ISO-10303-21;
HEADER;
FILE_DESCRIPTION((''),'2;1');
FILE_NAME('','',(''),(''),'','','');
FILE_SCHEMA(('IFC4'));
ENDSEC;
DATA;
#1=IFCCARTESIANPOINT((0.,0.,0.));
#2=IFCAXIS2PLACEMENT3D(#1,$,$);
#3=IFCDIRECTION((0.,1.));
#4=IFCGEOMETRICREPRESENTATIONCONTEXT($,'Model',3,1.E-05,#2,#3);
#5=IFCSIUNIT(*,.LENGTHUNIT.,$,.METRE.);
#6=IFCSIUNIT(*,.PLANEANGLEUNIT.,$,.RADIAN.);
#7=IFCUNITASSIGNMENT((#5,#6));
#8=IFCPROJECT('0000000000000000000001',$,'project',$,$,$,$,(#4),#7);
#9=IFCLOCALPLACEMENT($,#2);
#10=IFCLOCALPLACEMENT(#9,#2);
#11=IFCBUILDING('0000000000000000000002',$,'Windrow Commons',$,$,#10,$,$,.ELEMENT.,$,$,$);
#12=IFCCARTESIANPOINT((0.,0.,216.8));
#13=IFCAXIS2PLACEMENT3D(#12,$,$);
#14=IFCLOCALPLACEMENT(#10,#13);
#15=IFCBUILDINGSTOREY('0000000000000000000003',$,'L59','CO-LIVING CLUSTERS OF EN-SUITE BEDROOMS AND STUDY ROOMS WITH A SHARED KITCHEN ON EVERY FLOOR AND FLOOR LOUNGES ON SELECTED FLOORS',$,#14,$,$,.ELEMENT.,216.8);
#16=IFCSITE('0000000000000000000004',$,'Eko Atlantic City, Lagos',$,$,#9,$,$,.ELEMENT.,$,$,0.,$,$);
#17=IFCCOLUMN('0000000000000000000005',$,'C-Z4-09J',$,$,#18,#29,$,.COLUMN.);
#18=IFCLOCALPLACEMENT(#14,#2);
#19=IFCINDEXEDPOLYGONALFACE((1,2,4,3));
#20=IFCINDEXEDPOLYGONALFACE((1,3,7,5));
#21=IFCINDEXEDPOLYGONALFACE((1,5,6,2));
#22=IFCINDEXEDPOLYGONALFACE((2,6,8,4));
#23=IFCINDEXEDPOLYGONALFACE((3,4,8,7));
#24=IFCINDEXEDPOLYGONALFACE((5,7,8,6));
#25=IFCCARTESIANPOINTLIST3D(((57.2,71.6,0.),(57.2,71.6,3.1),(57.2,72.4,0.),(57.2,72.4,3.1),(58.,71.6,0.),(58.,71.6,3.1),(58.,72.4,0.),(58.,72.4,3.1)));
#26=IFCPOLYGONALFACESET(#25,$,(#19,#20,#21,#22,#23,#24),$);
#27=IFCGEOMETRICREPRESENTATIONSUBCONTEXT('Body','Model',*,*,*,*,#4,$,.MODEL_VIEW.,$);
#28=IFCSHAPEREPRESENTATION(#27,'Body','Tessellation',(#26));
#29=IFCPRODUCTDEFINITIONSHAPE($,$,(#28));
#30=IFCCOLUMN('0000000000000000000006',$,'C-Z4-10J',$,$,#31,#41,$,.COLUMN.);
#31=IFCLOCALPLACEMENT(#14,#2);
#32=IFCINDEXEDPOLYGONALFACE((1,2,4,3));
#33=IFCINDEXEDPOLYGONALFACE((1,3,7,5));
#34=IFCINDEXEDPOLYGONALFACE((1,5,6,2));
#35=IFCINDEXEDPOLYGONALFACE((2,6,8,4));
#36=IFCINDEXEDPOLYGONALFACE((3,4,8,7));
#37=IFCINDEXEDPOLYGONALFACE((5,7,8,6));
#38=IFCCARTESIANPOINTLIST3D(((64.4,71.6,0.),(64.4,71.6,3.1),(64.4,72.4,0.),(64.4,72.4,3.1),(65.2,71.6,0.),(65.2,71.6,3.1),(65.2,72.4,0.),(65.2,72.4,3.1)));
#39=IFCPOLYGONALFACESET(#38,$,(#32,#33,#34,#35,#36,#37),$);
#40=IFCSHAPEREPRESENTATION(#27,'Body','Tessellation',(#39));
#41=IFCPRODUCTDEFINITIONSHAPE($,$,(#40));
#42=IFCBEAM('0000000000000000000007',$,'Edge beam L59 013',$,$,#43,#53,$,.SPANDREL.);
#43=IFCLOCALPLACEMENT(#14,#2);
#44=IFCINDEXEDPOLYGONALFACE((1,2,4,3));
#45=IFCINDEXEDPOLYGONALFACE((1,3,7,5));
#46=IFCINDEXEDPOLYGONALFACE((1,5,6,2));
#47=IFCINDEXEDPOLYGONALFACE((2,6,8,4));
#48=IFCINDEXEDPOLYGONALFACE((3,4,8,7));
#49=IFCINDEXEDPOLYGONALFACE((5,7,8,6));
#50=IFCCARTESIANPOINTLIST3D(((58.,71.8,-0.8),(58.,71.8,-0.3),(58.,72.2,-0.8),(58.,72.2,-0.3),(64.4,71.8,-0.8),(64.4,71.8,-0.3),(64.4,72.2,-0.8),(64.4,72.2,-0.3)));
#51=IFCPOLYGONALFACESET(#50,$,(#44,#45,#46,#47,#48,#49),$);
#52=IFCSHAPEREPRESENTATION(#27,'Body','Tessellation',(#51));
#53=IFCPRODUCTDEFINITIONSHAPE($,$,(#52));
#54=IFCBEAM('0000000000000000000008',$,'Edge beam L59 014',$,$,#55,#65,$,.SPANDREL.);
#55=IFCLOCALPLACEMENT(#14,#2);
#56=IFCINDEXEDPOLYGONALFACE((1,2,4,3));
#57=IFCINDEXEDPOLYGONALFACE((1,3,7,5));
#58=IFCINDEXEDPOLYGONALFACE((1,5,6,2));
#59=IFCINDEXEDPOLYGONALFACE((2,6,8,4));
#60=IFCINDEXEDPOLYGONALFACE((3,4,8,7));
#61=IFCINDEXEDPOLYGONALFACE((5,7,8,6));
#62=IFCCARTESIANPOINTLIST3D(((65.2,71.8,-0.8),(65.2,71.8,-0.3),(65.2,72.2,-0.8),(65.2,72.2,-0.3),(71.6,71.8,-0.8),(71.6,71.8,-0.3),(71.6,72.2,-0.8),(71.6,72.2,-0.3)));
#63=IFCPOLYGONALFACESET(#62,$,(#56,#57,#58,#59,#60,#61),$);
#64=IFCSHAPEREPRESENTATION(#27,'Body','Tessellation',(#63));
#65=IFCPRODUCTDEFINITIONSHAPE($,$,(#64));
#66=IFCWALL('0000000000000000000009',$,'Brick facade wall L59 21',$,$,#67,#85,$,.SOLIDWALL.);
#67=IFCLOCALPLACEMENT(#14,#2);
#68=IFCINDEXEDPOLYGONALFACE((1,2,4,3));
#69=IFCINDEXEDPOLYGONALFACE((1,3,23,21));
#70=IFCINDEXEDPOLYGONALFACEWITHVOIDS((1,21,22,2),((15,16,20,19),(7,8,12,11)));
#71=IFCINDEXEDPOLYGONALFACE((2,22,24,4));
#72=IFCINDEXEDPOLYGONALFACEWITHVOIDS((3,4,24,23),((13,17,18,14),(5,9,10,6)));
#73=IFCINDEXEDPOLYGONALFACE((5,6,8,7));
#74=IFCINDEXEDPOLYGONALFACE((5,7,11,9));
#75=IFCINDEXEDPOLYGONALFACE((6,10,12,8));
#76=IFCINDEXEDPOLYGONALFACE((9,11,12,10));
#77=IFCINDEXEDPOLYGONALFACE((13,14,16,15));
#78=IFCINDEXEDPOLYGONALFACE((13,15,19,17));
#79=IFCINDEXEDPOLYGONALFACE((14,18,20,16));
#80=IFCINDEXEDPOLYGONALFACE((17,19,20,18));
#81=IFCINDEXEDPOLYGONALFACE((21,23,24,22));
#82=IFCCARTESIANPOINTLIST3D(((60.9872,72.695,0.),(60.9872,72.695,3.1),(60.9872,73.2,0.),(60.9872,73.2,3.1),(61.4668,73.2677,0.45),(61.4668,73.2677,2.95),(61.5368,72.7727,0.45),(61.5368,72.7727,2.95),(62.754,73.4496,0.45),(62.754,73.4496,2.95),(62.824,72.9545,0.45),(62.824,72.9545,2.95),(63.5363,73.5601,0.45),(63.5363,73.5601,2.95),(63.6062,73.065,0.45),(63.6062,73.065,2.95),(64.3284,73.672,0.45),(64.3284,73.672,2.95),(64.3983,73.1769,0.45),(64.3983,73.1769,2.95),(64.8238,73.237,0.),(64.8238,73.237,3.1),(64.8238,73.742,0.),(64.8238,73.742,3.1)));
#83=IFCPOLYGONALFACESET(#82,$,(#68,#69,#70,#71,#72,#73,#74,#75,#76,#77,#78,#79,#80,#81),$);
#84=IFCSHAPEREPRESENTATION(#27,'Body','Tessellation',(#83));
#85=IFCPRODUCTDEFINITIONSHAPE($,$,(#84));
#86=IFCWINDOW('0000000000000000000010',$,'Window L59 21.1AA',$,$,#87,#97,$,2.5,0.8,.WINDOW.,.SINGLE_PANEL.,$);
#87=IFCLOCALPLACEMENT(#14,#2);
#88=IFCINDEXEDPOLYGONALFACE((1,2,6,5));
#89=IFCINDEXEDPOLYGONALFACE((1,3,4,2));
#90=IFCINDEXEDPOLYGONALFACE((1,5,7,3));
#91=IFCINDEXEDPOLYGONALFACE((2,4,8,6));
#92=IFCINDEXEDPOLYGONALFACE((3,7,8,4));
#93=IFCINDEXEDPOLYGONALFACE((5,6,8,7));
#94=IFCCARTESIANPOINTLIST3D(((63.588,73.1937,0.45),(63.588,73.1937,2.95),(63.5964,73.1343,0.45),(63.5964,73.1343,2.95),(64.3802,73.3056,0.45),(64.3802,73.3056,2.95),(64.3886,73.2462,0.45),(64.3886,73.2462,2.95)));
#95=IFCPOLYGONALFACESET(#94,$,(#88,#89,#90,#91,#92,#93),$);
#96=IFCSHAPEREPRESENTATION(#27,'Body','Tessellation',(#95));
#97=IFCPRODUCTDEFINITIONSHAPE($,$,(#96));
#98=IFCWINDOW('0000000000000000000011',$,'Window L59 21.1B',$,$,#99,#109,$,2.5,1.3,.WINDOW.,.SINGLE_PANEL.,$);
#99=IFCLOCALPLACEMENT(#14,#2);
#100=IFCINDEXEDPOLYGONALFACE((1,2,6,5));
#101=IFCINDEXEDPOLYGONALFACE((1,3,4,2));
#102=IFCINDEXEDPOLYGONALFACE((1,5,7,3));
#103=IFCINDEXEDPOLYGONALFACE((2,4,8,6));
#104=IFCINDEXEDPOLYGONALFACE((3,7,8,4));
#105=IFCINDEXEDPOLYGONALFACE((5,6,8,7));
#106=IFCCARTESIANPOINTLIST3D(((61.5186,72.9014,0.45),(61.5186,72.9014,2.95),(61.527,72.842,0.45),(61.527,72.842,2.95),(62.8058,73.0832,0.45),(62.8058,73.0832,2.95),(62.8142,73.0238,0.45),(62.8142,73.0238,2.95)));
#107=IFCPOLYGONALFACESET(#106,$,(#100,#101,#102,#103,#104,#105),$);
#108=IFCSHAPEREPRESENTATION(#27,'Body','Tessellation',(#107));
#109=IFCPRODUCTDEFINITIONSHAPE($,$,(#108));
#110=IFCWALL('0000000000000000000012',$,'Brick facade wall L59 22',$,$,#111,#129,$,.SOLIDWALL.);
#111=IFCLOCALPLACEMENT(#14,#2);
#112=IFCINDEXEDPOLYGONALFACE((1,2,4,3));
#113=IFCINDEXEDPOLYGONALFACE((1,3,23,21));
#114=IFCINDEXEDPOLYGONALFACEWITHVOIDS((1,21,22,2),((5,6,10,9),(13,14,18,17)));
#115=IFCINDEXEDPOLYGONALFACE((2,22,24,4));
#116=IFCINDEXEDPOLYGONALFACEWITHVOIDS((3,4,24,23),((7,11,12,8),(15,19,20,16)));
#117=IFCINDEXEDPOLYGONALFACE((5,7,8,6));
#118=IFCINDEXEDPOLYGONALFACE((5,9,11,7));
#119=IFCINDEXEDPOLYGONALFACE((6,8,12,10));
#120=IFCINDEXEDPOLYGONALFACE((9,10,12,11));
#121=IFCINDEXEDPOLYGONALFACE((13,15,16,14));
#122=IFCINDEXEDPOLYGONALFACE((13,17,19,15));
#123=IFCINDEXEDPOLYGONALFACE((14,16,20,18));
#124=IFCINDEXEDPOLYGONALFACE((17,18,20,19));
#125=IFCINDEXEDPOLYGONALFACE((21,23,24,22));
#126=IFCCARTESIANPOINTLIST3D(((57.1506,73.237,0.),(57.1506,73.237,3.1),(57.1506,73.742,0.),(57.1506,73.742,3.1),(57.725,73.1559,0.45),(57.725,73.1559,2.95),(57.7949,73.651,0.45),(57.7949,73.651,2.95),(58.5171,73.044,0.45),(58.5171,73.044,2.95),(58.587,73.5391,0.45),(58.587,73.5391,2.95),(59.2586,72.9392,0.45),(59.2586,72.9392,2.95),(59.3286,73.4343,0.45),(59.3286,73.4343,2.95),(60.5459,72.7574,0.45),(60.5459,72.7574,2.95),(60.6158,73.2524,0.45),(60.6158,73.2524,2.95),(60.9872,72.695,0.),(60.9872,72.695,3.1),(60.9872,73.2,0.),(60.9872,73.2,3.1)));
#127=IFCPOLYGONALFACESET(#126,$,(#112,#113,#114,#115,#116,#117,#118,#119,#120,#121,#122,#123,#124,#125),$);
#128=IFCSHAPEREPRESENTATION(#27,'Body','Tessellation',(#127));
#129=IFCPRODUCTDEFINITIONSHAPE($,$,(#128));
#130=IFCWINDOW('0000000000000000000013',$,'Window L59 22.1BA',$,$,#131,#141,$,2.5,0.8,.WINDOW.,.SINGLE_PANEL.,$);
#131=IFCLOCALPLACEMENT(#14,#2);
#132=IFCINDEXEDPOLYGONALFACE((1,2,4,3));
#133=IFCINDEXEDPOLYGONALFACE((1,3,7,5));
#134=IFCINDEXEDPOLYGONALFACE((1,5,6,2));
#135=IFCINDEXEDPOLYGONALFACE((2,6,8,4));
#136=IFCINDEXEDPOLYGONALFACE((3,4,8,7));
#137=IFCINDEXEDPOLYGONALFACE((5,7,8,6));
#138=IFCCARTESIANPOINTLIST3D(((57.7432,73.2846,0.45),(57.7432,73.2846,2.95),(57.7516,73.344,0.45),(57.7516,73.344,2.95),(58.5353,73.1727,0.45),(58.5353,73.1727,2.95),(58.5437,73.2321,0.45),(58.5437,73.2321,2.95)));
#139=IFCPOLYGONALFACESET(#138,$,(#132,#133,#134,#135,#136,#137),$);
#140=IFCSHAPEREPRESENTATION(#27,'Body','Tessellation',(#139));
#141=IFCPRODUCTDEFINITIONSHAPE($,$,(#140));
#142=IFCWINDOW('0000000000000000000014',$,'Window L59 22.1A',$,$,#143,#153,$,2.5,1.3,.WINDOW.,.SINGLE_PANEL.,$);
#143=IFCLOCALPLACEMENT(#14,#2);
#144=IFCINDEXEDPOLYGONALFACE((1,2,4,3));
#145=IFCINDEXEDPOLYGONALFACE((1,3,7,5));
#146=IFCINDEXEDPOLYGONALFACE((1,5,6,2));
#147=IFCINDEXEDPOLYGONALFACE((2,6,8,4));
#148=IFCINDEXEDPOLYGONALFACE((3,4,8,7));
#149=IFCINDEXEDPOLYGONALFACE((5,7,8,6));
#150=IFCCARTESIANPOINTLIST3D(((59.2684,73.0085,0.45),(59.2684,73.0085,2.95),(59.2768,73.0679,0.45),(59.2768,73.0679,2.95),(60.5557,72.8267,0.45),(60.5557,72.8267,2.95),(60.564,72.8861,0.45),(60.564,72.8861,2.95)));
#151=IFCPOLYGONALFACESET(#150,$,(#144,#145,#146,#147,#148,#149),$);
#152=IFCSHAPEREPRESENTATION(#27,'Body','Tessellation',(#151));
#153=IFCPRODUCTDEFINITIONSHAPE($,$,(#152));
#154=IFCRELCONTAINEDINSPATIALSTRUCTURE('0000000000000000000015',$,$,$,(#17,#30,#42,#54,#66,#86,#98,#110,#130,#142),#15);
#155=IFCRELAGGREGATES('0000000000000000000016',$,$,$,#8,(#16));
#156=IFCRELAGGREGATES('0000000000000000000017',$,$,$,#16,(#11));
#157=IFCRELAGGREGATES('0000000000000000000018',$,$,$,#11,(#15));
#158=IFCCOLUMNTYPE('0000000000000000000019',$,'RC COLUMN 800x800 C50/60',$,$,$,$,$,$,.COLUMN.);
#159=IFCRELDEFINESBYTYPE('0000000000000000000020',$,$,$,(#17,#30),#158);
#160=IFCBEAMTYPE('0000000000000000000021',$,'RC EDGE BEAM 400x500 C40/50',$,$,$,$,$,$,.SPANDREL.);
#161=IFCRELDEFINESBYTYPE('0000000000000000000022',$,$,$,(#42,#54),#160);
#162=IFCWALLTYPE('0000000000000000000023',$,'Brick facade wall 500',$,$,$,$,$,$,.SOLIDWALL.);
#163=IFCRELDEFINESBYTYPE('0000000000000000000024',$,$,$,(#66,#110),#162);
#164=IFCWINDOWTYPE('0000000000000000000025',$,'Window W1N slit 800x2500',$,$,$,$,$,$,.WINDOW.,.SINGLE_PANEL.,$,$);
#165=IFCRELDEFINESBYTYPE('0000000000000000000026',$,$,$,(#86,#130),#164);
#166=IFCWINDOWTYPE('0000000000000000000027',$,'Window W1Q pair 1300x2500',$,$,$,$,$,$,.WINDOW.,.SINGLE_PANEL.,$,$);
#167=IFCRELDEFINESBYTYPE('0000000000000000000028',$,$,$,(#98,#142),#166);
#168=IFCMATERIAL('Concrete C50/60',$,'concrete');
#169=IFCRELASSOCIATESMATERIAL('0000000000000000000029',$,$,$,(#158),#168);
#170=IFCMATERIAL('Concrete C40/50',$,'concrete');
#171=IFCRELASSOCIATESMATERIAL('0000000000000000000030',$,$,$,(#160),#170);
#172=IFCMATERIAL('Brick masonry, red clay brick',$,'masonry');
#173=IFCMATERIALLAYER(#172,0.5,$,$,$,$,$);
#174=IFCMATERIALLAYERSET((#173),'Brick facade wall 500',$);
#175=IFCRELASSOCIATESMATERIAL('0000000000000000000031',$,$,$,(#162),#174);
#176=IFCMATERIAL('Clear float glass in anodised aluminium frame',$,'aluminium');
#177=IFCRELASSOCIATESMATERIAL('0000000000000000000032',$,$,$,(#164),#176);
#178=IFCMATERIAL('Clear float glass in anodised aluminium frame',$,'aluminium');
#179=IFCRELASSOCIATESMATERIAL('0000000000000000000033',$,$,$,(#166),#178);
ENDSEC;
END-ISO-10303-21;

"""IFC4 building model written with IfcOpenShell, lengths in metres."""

from ifc_helpers import new_model, si_unit, direction, frame, frame_2d, origin, origin_2d, place, context, subcontext, project, spatial, polyline, rectangle, outline, extrude, material, layer, layer_set, material_profile, profile_set, type_object, element, fill, save


model = new_model("IFC4")

# Units and contexts
model_context = context("Model", 3, precision=1e-05, world=origin(), true_north=direction((0.0, 1.0)))
body_context = subcontext(model_context, "Body", "Model", "MODEL_VIEW")
ifc_project = project(units=[si_unit("LENGTHUNIT", "METRE"), si_unit("PLANEANGLEUNIT", "RADIAN")], contexts=[model_context])

# Site, building, storey
site_placement = place(None, origin())
site = spatial("IfcSite", under=ifc_project, at=site_placement, Name="Eko Atlantic City, Lagos", CompositionType="ELEMENT", RefElevation=0.0)
building_placement = place(site_placement, origin())
building = spatial("IfcBuilding", under=site, at=building_placement, Name="Windrow Commons", CompositionType="ELEMENT")
storey_placement = place(building_placement, frame((0.0, 0.0, 216.8)))
storey = spatial("IfcBuildingStorey", under=building, at=storey_placement, Name="L59", Description="CO-LIVING CLUSTERS OF EN-SUITE BEDROOMS AND STUDY ROOMS WITH A SHARED KITCHEN ON EVERY FLOOR AND FLOOR LOUNGES ON SELECTED FLOORS", CompositionType="ELEMENT", Elevation=216.8)

# Columns
ifc_material_1 = material(Name="Concrete C50/60", Category="concrete")
ifc_material_profile_1 = material_profile(ifc_material_1, rectangle(XDim=0.8, YDim=0.8, at=origin_2d()))
ifc_profile_set_1 = profile_set([ifc_material_profile_1], Name="Concrete C50/60")
column_type = type_object("IfcColumnType", Name="RC COLUMN 800x800 C50/60", PredefinedType="COLUMN", material=ifc_profile_set_1)
for number, where, z_axis, x_axis, name in (
    (1, (57.6, 72.0, 0.0), (0.0, 0.0, 1.0), (1.0, 0.0, 0.0), "C-Z4-09J"),
    (2, (64.8, 72.0, 0.0), (0.0, 0.0, 1.0), (1.0, 0.0, 0.0), "C-Z4-10J"),
):
    element("IfcColumn", number, at=place(storey_placement, frame(where, z_axis=z_axis, x_axis=x_axis)), inside=storey, type_object=column_type, Name=name, PredefinedType="COLUMN", context=body_context, shape_type="SweptSolid", body=[
        extrude(rectangle(XDim=0.8, YDim=0.8, at=origin_2d()), origin(), (0.0, 0.0, 1.0), 3.1),
    ])

# Beams
ifc_material_2 = material(Name="Concrete C40/50", Category="concrete")
ifc_material_profile_2 = material_profile(ifc_material_2, rectangle(XDim=0.4, YDim=0.5, at=origin_2d()))
ifc_profile_set_2 = profile_set([ifc_material_profile_2], Name="Concrete C40/50")
beam_type = type_object("IfcBeamType", Name="RC EDGE BEAM 400x500 C40/50", PredefinedType="SPANDREL", material=ifc_profile_set_2)
for number, where, z_axis, x_axis, name in (
    (3, (58.0, 72.0, -0.55), (1.0, 0.0, 0.0), (0.0, 1.0, 0.0), "Edge beam L59 013"),
    (4, (65.2, 72.0, -0.55), (1.0, 0.0, 0.0), (0.0, 1.0, 0.0), "Edge beam L59 014"),
):
    element("IfcBeam", number, at=place(storey_placement, frame(where, z_axis=z_axis, x_axis=x_axis)), inside=storey, type_object=beam_type, Name=name, PredefinedType="SPANDREL", context=body_context, shape_type="SweptSolid", body=[
        extrude(rectangle(XDim=0.4, YDim=0.5, at=origin_2d()), origin(), (0.0, 0.0, 1.0), 6.4),
    ])

# Walls, openings, windows
ifc_material_3 = material(Name="Brick masonry, red clay brick", Category="masonry")
ifc_layer_1 = layer(ifc_material_3, 0.5)
ifc_layer_set_1 = layer_set([ifc_layer_1], Name="Brick facade wall 500")
wall_type_1 = type_object("IfcWallType", Name="Brick facade wall 500", PredefinedType="SOLIDWALL", material=ifc_layer_set_1)
wall_1_placement = place(storey_placement, frame((64.8238, 73.4895, 0.0), z_axis=(0.0, 0.0, 1.0), x_axis=(-0.990168, -0.139882, 0.0)))
wall_1 = element("IfcWall", 5, at=wall_1_placement, inside=storey, type_object=wall_type_1, Name="Brick facade wall L59 21", PredefinedType="SOLIDWALL", context=body_context, shape_type="SweptSolid", body=[
    extrude(outline(polyline([(-0.0353, -0.25), (3.8394, -0.25), (3.91, 0.25), (0.0353, 0.25), (-0.0353, -0.25)])), origin(), (0.0, 0.0, 1.0), 3.1),
])
opening_1_placement = place(wall_1_placement, frame((2.055, 0.0, 0.45)))
opening_1 = element("IfcOpeningElement", 6, at=opening_1_placement, cuts=wall_1, PredefinedType="OPENING", context=body_context, shape_type="SweptSolid", body=[
    extrude(rectangle(XDim=1.3, YDim=2.5, at=frame_2d((0.65, 1.25))), frame((0.0, 0.26, 0.0), z_axis=(0.0, -1.0, 0.0), x_axis=(1.0, 0.0, 0.0)), (0.0, 0.0, 1.0), 0.52),
])
opening_2_placement = place(wall_1_placement, frame((0.465, 0.0, 0.45)))
opening_2 = element("IfcOpeningElement", 7, at=opening_2_placement, cuts=wall_1, PredefinedType="OPENING", context=body_context, shape_type="SweptSolid", body=[
    extrude(rectangle(XDim=0.8, YDim=2.5, at=frame_2d((0.4, 1.25))), frame((0.0, 0.26, 0.0), z_axis=(0.0, -1.0, 0.0), x_axis=(1.0, 0.0, 0.0)), (0.0, 0.0, 1.0), 0.52),
])
ifc_material_4 = material(Name="Clear float glass in anodised aluminium frame", Category="aluminium")
window_type_1 = type_object("IfcWindowType", Name="Window W1N slit 800x2500", PartitioningType="SINGLE_PANEL", PredefinedType="WINDOW", material=ifc_material_4)
window_1_placement = place(opening_2_placement, origin())
window_1 = element("IfcWindow", 8, at=window_1_placement, inside=storey, type_object=window_type_1, Name="Window L59 21.1AA", OverallHeight=2.5, OverallWidth=0.8, PartitioningType="SINGLE_PANEL", PredefinedType="WINDOW", context=body_context, shape_type="SweptSolid", body=[
    extrude(rectangle(XDim=0.8, YDim=2.5, at=frame_2d((0.4, 1.25))), frame((0.0, 0.18, 0.0), z_axis=(0.0, -1.0, 0.0), x_axis=(1.0, 0.0, 0.0)), (0.0, 0.0, 1.0), 0.06),
])
fill(opening_2, window_1)
ifc_material_5 = material(Name="Clear float glass in anodised aluminium frame", Category="aluminium")
window_type_2 = type_object("IfcWindowType", Name="Window W1Q pair 1300x2500", PartitioningType="SINGLE_PANEL", PredefinedType="WINDOW", material=ifc_material_5)
window_2_placement = place(opening_1_placement, origin())
window_2 = element("IfcWindow", 9, at=window_2_placement, inside=storey, type_object=window_type_2, Name="Window L59 21.1B", OverallHeight=2.5, OverallWidth=1.3, PartitioningType="SINGLE_PANEL", PredefinedType="WINDOW", context=body_context, shape_type="SweptSolid", body=[
    extrude(rectangle(XDim=1.3, YDim=2.5, at=frame_2d((0.65, 1.25))), frame((0.0, 0.18, 0.0), z_axis=(0.0, -1.0, 0.0), x_axis=(1.0, 0.0, 0.0)), (0.0, 0.0, 1.0), 0.06),
])
fill(opening_1, window_2)
wall_2_placement = place(storey_placement, frame((60.9872, 72.9475, 0.0), z_axis=(0.0, 0.0, 1.0), x_axis=(-0.990168, 0.139882, 0.0)))
wall_2 = element("IfcWall", 10, at=wall_2_placement, inside=storey, type_object=wall_type_1, Name="Brick facade wall L59 22", PredefinedType="SOLIDWALL", context=body_context, shape_type="SweptSolid", body=[
    extrude(outline(polyline([(0.0353, -0.25), (3.91, -0.25), (3.8394, 0.25), (-0.0353, 0.25), (0.0353, -0.25)])), origin(), (0.0, 0.0, 1.0), 3.1),
])
opening_3_placement = place(wall_2_placement, frame((0.4104, 0.0, 0.45)))
opening_3 = element("IfcOpeningElement", 11, at=opening_3_placement, cuts=wall_2, PredefinedType="OPENING", context=body_context, shape_type="SweptSolid", body=[
    extrude(rectangle(XDim=1.3, YDim=2.5, at=frame_2d((0.65, 1.25))), frame((0.0, 0.26, 0.0), z_axis=(0.0, -1.0, 0.0), x_axis=(1.0, 0.0, 0.0)), (0.0, 0.0, 1.0), 0.52),
])
opening_4_placement = place(wall_2_placement, frame((2.4593, 0.0, 0.45)))
opening_4 = element("IfcOpeningElement", 12, at=opening_4_placement, cuts=wall_2, PredefinedType="OPENING", context=body_context, shape_type="SweptSolid", body=[
    extrude(rectangle(XDim=0.8, YDim=2.5, at=frame_2d((0.4, 1.25))), frame((0.0, 0.26, 0.0), z_axis=(0.0, -1.0, 0.0), x_axis=(1.0, 0.0, 0.0)), (0.0, 0.0, 1.0), 0.52),
])
window_3_placement = place(opening_4_placement, origin())
window_3 = element("IfcWindow", 13, at=window_3_placement, inside=storey, type_object=window_type_1, Name="Window L59 22.1BA", OverallHeight=2.5, OverallWidth=0.8, PartitioningType="SINGLE_PANEL", PredefinedType="WINDOW", context=body_context, shape_type="SweptSolid", body=[
    extrude(rectangle(XDim=0.8, YDim=2.5, at=frame_2d((0.4, 1.25))), frame((0.0, 0.12, 0.0), z_axis=(0.0, -1.0, 0.0), x_axis=(1.0, 0.0, 0.0)), (0.0, 0.0, 1.0), 0.06),
])
fill(opening_4, window_3)
window_4_placement = place(opening_3_placement, origin())
window_4 = element("IfcWindow", 14, at=window_4_placement, inside=storey, type_object=window_type_2, Name="Window L59 22.1A", OverallHeight=2.5, OverallWidth=1.3, PartitioningType="SINGLE_PANEL", PredefinedType="WINDOW", context=body_context, shape_type="SweptSolid", body=[
    extrude(rectangle(XDim=1.3, YDim=2.5, at=frame_2d((0.65, 1.25))), frame((0.0, 0.18, 0.0), z_axis=(0.0, -1.0, 0.0), x_axis=(1.0, 0.0, 0.0)), (0.0, 0.0, 1.0), 0.06),
])
fill(opening_3, window_4)

save(model, "model.ifc")
